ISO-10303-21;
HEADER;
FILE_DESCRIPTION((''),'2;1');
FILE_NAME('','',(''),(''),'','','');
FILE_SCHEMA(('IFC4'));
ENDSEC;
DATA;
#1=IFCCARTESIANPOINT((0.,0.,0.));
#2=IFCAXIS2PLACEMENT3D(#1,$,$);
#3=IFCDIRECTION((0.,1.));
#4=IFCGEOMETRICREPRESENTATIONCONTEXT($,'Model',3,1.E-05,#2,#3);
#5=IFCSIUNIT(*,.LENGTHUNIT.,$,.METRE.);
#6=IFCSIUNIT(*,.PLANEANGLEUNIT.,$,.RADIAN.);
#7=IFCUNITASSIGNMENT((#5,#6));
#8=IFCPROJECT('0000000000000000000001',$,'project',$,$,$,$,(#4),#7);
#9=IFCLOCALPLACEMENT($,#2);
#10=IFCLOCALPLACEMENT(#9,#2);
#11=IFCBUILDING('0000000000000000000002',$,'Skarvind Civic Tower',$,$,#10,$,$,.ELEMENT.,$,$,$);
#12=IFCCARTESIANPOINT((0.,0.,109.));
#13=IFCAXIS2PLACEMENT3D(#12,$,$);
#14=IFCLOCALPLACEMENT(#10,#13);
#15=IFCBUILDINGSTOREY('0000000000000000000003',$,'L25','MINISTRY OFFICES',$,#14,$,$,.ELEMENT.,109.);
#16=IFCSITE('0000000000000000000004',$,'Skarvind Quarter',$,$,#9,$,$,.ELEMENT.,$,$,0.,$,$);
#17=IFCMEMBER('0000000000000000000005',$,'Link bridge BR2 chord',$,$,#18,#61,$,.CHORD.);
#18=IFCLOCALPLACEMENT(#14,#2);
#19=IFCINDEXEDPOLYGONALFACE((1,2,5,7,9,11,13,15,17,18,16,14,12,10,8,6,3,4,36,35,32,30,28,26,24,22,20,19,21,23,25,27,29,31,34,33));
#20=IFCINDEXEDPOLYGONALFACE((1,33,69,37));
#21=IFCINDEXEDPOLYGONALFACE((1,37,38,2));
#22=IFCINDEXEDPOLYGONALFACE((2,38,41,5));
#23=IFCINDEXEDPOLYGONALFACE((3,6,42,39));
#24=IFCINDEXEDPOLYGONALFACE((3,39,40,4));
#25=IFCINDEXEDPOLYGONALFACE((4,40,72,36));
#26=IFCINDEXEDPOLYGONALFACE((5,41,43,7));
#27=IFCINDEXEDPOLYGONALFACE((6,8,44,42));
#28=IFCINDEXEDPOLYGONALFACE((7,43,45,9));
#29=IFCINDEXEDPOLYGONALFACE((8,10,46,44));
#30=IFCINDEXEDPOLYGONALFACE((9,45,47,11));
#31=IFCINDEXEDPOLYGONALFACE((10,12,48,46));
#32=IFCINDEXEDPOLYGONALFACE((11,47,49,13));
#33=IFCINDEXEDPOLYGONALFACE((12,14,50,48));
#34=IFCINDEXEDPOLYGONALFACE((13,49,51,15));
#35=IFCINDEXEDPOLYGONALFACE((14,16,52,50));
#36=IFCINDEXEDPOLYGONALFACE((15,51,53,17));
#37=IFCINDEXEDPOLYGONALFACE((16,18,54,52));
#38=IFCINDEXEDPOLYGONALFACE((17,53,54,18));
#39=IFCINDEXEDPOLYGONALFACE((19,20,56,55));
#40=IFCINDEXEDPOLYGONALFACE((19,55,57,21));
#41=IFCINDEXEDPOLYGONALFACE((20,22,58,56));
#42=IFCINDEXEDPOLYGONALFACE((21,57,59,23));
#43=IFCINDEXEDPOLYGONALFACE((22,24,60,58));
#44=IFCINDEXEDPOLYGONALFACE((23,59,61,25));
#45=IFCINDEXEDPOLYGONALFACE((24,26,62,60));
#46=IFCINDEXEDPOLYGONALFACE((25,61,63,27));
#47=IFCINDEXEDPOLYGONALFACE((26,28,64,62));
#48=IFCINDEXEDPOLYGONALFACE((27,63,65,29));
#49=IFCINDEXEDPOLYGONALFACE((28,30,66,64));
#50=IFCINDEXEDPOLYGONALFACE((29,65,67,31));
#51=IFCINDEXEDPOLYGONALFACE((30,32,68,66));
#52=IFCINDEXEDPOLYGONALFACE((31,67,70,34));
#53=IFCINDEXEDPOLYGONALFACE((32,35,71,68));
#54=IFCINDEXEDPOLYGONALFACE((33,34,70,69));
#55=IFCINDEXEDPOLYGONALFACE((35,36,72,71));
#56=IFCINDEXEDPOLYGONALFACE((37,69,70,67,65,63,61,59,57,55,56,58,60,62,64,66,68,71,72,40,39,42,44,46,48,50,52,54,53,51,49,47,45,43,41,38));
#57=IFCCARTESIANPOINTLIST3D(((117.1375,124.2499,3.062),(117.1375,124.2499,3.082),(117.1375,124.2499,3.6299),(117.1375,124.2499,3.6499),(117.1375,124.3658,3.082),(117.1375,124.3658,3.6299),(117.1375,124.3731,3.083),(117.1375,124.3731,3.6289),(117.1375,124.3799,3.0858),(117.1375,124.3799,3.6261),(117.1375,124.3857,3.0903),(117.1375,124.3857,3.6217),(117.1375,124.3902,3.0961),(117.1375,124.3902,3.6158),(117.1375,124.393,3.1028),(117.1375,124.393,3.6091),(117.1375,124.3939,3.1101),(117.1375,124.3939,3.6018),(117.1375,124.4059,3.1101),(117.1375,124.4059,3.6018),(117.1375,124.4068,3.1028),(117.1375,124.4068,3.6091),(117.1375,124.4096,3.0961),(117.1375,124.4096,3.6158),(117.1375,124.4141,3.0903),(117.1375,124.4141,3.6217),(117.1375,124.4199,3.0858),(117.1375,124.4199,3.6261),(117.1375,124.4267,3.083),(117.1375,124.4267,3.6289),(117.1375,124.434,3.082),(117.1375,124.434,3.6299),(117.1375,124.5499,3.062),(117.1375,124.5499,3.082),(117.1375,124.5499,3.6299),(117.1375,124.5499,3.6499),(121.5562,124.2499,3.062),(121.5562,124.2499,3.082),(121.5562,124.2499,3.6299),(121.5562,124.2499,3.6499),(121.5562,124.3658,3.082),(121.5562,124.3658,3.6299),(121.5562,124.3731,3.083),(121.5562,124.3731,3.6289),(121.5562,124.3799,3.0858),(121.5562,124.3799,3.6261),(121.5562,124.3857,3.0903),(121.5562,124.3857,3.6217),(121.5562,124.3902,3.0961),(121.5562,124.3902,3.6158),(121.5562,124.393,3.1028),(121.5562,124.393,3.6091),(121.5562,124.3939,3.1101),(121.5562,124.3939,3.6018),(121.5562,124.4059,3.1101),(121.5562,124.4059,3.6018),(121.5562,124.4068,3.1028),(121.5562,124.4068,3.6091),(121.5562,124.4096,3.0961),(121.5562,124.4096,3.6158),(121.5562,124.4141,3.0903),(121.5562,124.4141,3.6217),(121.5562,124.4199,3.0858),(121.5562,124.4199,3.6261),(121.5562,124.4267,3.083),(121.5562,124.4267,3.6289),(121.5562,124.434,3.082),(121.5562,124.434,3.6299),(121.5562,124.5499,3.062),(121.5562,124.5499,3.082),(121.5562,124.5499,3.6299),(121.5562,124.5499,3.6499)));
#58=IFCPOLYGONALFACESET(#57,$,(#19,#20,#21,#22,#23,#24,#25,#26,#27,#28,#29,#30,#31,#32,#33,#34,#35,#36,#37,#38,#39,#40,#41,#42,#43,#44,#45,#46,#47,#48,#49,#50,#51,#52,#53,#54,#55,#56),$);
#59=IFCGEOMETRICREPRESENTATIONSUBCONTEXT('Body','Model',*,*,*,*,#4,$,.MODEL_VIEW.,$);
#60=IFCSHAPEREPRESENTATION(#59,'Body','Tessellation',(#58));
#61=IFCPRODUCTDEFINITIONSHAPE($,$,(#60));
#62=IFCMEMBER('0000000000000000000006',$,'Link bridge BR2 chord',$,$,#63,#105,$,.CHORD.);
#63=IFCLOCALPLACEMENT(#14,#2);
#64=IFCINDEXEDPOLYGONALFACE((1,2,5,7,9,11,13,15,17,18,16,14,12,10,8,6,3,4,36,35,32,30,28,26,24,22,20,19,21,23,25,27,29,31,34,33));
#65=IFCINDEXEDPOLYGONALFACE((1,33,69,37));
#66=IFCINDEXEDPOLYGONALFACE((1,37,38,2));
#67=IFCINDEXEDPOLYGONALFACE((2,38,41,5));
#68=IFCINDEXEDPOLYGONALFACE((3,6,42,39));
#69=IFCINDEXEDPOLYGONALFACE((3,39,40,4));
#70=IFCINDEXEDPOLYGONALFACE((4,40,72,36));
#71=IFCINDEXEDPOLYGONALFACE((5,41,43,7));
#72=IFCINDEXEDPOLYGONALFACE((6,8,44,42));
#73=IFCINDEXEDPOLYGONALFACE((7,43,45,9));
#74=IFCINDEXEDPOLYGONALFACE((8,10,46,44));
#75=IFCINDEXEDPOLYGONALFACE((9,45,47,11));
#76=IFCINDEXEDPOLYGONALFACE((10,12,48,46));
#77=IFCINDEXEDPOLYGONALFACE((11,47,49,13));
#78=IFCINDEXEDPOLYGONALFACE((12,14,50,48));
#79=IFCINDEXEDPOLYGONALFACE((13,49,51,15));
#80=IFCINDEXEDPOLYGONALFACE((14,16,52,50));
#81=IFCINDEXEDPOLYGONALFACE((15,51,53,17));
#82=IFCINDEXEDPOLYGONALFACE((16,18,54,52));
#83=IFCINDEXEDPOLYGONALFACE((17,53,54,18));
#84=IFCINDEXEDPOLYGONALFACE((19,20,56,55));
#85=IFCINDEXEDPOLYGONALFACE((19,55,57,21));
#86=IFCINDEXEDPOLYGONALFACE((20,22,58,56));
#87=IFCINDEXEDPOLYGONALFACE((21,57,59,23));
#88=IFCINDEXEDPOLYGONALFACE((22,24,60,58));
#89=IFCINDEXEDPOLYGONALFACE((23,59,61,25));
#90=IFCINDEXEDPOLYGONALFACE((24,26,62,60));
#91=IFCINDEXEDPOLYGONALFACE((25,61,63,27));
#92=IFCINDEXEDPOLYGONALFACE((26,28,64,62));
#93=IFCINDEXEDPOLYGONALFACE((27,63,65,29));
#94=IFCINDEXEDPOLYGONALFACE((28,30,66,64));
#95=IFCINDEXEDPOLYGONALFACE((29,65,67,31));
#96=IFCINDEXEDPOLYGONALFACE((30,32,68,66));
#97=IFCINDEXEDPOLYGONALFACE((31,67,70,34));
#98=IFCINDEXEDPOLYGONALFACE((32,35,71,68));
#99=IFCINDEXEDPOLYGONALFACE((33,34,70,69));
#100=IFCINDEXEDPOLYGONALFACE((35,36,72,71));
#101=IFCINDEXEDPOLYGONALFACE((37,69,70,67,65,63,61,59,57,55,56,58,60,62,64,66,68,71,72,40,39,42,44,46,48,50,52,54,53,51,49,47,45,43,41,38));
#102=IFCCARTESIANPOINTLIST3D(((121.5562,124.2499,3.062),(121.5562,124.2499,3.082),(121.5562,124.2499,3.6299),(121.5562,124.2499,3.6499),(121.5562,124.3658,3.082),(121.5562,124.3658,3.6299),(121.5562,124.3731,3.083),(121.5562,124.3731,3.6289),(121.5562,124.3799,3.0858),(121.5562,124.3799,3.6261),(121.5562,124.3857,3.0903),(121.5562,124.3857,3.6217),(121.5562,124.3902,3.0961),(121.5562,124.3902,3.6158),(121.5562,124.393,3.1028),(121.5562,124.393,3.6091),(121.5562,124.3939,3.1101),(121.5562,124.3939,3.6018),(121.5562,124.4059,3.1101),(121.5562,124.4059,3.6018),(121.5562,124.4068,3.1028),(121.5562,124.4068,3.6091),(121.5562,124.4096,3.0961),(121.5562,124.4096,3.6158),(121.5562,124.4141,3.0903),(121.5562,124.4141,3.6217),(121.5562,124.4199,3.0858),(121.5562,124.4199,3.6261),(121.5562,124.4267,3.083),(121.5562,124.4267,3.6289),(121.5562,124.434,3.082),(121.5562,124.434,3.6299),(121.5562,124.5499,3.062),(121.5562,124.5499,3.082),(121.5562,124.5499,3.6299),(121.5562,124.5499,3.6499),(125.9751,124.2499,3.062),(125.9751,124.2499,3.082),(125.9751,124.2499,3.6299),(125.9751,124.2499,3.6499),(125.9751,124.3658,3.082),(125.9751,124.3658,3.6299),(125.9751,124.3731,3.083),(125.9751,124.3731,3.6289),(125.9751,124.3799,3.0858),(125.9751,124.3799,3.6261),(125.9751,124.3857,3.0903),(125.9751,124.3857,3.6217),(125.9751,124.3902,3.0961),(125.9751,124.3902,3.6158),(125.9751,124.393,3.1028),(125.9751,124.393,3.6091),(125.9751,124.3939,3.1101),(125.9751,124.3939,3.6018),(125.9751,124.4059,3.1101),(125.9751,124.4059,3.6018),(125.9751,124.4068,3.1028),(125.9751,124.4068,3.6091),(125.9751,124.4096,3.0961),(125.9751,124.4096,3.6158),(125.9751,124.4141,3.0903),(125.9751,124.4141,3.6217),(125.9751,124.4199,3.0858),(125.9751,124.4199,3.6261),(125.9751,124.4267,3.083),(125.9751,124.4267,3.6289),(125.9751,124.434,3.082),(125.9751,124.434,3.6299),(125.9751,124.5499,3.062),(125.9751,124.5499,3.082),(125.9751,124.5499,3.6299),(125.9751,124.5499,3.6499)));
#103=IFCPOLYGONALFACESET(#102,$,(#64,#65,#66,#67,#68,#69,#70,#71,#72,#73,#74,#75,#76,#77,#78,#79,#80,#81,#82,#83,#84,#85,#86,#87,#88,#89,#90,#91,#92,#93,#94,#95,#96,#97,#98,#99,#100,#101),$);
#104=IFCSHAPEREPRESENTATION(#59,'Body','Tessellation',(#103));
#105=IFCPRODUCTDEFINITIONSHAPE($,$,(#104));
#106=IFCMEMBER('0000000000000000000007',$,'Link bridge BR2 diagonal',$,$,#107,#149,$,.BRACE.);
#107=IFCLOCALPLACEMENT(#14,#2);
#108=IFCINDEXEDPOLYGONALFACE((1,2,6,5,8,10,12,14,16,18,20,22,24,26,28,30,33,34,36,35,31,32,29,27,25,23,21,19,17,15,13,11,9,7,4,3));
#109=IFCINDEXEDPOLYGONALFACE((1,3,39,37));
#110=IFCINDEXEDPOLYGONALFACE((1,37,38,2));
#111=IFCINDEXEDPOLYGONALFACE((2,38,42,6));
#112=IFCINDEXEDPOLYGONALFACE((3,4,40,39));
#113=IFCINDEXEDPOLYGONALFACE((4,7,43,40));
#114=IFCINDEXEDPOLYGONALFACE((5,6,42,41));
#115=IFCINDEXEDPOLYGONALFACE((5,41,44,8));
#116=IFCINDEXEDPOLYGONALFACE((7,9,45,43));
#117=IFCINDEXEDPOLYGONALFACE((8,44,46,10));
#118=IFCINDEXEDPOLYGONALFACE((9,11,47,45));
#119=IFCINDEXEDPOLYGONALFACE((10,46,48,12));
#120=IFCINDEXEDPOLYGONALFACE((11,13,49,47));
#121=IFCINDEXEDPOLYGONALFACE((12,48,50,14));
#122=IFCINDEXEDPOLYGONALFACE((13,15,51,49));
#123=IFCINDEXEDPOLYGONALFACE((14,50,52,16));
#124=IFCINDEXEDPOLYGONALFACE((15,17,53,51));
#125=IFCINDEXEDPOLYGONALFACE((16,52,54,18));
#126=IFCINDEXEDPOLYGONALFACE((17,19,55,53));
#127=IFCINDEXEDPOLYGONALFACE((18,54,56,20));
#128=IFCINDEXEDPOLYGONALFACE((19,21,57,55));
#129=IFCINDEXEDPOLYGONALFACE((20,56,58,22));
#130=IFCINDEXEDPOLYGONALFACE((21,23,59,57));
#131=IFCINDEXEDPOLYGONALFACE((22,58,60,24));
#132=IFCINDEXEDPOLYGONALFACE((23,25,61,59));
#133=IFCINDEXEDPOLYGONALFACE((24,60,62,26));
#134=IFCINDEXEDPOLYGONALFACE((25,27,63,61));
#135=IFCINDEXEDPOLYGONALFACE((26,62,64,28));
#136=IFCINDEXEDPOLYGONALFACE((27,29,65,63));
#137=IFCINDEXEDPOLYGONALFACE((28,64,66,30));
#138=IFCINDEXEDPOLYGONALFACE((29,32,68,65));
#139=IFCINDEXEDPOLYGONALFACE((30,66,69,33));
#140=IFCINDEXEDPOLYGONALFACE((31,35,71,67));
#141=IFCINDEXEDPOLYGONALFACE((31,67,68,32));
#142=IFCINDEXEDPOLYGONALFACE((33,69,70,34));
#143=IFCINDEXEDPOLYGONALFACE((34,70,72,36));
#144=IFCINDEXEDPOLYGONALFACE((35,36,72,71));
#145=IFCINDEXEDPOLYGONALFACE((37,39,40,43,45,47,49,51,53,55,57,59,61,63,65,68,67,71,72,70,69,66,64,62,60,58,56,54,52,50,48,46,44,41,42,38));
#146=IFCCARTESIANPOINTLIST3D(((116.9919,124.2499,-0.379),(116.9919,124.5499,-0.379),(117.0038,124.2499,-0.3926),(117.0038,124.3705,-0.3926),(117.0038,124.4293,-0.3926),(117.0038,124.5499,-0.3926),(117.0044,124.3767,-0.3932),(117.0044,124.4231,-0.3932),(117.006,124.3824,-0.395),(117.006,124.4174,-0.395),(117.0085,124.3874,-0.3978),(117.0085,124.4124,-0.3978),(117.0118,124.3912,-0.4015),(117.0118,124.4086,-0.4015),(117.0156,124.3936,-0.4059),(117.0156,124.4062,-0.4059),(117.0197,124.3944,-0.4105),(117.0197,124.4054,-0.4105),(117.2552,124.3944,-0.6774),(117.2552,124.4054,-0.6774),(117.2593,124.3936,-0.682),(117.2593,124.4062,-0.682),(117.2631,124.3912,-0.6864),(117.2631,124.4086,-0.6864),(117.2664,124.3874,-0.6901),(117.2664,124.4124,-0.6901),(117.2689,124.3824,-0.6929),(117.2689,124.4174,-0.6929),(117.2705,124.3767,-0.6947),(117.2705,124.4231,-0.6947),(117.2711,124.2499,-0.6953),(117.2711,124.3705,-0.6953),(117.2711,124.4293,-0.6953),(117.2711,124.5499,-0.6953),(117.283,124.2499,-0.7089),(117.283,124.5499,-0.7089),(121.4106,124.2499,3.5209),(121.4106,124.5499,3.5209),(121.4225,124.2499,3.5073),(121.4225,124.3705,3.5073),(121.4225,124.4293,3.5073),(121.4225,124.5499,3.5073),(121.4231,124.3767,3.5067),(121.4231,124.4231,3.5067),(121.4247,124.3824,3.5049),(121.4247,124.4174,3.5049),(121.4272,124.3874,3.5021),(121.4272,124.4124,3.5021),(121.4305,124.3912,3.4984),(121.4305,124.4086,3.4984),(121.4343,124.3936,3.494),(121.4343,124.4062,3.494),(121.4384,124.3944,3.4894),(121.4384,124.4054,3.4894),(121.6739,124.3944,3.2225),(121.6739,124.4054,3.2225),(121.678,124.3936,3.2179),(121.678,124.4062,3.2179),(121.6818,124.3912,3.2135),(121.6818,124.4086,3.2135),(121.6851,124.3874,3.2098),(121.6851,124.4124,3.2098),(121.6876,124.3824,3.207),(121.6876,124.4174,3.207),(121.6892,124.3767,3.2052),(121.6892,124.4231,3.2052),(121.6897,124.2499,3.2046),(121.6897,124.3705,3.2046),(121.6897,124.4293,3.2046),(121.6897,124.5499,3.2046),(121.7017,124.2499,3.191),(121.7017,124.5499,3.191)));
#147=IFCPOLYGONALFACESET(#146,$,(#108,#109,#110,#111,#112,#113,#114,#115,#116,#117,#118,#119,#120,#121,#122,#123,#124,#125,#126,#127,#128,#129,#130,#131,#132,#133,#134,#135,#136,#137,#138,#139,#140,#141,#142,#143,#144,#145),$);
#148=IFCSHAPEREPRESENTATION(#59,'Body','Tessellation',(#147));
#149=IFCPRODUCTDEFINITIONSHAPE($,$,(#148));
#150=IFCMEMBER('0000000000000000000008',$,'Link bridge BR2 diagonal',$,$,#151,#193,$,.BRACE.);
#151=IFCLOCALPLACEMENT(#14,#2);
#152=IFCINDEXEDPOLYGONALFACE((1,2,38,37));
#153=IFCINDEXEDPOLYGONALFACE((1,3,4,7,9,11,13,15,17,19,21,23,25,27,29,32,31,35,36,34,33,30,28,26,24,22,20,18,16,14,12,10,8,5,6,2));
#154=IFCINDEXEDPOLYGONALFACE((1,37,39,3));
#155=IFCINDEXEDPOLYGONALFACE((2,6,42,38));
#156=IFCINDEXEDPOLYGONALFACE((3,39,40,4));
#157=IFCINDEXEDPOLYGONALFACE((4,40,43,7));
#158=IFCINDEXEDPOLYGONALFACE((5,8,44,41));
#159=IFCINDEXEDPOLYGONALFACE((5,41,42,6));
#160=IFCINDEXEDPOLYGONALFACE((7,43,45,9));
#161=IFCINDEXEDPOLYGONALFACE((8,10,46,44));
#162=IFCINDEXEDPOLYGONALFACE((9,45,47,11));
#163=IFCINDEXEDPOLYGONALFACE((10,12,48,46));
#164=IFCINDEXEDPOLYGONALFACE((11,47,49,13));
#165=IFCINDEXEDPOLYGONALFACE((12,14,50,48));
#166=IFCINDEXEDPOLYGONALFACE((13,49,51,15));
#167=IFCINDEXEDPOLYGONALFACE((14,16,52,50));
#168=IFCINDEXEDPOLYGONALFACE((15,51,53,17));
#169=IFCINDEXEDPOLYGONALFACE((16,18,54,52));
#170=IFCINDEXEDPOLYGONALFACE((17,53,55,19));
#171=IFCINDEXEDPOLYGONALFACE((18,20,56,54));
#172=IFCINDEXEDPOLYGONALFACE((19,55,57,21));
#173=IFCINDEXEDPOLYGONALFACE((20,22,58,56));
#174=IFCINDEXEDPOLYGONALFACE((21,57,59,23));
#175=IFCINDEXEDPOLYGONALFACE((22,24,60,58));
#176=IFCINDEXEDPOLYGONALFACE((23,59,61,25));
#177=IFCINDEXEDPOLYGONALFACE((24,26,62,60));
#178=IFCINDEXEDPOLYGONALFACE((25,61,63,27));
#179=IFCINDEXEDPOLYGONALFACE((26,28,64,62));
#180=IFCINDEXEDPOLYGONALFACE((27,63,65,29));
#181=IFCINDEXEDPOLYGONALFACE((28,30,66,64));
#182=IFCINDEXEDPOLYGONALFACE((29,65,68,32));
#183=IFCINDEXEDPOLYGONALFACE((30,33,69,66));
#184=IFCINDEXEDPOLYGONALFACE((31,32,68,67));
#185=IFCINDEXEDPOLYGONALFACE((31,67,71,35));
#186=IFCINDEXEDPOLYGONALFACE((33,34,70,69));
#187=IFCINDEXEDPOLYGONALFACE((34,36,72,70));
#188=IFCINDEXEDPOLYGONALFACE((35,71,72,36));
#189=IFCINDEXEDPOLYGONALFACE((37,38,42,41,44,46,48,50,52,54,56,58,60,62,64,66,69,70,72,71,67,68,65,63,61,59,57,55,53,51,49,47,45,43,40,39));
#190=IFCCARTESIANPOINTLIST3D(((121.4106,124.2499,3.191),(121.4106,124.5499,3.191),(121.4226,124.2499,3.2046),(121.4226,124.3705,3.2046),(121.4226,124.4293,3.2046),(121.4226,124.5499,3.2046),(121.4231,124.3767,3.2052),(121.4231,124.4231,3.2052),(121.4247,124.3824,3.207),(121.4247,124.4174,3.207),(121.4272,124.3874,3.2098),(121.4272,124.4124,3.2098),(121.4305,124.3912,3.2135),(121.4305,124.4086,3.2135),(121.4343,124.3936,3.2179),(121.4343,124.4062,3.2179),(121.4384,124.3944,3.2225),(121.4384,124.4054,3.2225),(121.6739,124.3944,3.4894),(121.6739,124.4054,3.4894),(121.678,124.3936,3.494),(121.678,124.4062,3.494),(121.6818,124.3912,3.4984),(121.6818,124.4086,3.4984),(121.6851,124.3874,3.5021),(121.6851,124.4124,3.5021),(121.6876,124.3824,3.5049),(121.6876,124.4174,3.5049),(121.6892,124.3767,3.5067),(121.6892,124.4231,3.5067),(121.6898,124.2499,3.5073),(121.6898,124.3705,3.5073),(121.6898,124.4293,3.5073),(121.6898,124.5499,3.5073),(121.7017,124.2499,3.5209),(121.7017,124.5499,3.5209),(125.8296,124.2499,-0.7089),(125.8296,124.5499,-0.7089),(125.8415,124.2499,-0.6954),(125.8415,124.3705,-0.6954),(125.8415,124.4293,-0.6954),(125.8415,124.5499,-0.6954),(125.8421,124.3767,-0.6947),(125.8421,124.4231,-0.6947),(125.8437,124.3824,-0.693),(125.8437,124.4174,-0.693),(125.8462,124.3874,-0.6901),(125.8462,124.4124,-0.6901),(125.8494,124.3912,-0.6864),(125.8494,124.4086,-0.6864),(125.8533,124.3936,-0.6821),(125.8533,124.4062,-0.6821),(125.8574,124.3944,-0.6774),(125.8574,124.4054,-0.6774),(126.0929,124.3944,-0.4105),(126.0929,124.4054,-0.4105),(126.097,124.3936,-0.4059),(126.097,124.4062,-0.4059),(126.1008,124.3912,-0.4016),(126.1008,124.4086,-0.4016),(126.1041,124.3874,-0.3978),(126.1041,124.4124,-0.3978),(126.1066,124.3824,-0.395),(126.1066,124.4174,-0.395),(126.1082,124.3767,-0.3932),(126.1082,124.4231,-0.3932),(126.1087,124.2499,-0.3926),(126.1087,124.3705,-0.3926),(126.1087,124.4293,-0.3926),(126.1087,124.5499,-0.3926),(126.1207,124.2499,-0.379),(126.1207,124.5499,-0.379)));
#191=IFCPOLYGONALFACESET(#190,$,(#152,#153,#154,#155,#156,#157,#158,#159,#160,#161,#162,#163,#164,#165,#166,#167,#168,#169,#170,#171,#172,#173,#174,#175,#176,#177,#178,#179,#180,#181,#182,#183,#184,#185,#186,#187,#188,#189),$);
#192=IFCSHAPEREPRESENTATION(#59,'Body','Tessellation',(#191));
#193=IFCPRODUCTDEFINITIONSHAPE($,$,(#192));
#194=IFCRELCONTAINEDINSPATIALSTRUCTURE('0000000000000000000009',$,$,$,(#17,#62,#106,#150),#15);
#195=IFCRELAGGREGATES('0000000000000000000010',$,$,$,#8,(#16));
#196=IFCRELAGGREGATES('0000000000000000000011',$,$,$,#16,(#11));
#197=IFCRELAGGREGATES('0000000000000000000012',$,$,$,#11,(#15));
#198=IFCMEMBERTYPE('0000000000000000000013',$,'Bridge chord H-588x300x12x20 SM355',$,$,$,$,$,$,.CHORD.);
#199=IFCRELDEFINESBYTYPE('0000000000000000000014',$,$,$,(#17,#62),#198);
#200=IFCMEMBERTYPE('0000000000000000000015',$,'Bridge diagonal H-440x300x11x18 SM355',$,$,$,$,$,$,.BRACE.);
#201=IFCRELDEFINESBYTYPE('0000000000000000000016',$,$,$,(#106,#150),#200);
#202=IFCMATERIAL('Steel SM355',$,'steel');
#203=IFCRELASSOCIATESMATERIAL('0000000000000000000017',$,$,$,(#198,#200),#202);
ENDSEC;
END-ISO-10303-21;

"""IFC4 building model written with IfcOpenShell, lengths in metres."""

from ifc_helpers import new_model, si_unit, direction, frame, origin, origin_2d, place, context, subcontext, project, spatial, i_section, extrude, material, material_profile, profile_set, type_object, element, save


model = new_model("IFC4")

# Units and contexts
model_context = context("Model", 3, precision=1e-05, world=origin(), true_north=direction((0.0, 1.0)))
body_context = subcontext(model_context, "Body", "Model", "MODEL_VIEW")
ifc_project = project(units=[si_unit("LENGTHUNIT", "METRE"), si_unit("PLANEANGLEUNIT", "RADIAN")], contexts=[model_context])

# Site, building, storey
site_placement = place(None, origin())
site = spatial("IfcSite", under=ifc_project, at=site_placement, Name="Skarvind Quarter", CompositionType="ELEMENT", RefElevation=0.0)
building_placement = place(site_placement, origin())
building = spatial("IfcBuilding", under=site, at=building_placement, Name="Skarvind Civic Tower", CompositionType="ELEMENT")
storey_placement = place(building_placement, frame((0.0, 0.0, 109.0)))
storey = spatial("IfcBuildingStorey", under=building, at=storey_placement, Name="L25", Description="MINISTRY OFFICES", CompositionType="ELEMENT", Elevation=109.0)

# Members
ifc_material_1 = material(Name="Steel SM355", Category="steel")
ifc_material_profile_1 = material_profile(ifc_material_1, i_section(OverallWidth=0.3, OverallDepth=0.5879, WebThickness=0.012, FlangeThickness=0.02, FilletRadius=0.0281, at=origin_2d()), Name="H-588x300x12x20")
ifc_profile_set_1 = profile_set([ifc_material_profile_1], Name="Steel SM355")
member_type_1 = type_object("IfcMemberType", Name="Bridge chord H-588x300x12x20 SM355", PredefinedType="CHORD", material=ifc_profile_set_1)
member_1_placement = place(storey_placement, frame((117.1375, 124.3999, 3.356), z_axis=(1.0, 0.0, 0.0), x_axis=(0.0, 1.0, 0.0)))
element("IfcMember", 1, at=member_1_placement, inside=storey, type_object=member_type_1, Name="Link bridge BR2 chord", PredefinedType="CHORD", context=body_context, shape_type="SweptSolid", body=[
    extrude(i_section(OverallWidth=0.3, OverallDepth=0.5879, WebThickness=0.012, FlangeThickness=0.02, FilletRadius=0.0281, at=origin_2d()), origin(), (0.0, 0.0, 1.0), 4.4187),
])
member_2_placement = place(storey_placement, frame((121.5562, 124.3999, 3.356), z_axis=(1.0, 0.0, 0.0), x_axis=(0.0, 1.0, 0.0)))
element("IfcMember", 2, at=member_2_placement, inside=storey, type_object=member_type_1, Name="Link bridge BR2 chord", PredefinedType="CHORD", context=body_context, shape_type="SweptSolid", body=[
    extrude(i_section(OverallWidth=0.3, OverallDepth=0.5879, WebThickness=0.012, FlangeThickness=0.02, FilletRadius=0.0281, at=origin_2d()), origin(), (0.0, 0.0, 1.0), 4.4189),
])
ifc_material_profile_2 = material_profile(ifc_material_1, i_section(OverallWidth=0.3, OverallDepth=0.4399, WebThickness=0.011, FlangeThickness=0.0181, FilletRadius=0.0239, at=origin_2d()), Name="H-440x300x11x18")
ifc_profile_set_2 = profile_set([ifc_material_profile_2], Name="Steel SM355")
member_type_2 = type_object("IfcMemberType", Name="Bridge diagonal H-440x300x11x18 SM355", PredefinedType="BRACE", material=ifc_profile_set_2)
member_3_placement = place(storey_placement, frame((117.1375, 124.3999, -0.5439), z_axis=(0.74975, 0.0, 0.661722), x_axis=(0.0, 1.0, 0.0)))
element("IfcMember", 3, at=member_3_placement, inside=storey, type_object=member_type_2, Name="Link bridge BR2 diagonal", PredefinedType="BRACE", context=body_context, shape_type="SweptSolid", body=[
    extrude(i_section(OverallWidth=0.3, OverallDepth=0.4399, WebThickness=0.011, FlangeThickness=0.0181, FilletRadius=0.0239, at=origin_2d()), origin(), (0.0, 0.0, 1.0), 5.8936),
])
member_4_placement = place(storey_placement, frame((121.5562, 124.3999, 3.356), z_axis=(0.749768, 0.0, -0.661701), x_axis=(0.0, 1.0, 0.0)))
element("IfcMember", 4, at=member_4_placement, inside=storey, type_object=member_type_2, Name="Link bridge BR2 diagonal", PredefinedType="BRACE", context=body_context, shape_type="SweptSolid", body=[
    extrude(i_section(OverallWidth=0.3, OverallDepth=0.4399, WebThickness=0.011, FlangeThickness=0.0181, FilletRadius=0.0239, at=origin_2d()), origin(), (0.0, 0.0, 1.0), 5.8938),
])

save(model, "model.ifc")
